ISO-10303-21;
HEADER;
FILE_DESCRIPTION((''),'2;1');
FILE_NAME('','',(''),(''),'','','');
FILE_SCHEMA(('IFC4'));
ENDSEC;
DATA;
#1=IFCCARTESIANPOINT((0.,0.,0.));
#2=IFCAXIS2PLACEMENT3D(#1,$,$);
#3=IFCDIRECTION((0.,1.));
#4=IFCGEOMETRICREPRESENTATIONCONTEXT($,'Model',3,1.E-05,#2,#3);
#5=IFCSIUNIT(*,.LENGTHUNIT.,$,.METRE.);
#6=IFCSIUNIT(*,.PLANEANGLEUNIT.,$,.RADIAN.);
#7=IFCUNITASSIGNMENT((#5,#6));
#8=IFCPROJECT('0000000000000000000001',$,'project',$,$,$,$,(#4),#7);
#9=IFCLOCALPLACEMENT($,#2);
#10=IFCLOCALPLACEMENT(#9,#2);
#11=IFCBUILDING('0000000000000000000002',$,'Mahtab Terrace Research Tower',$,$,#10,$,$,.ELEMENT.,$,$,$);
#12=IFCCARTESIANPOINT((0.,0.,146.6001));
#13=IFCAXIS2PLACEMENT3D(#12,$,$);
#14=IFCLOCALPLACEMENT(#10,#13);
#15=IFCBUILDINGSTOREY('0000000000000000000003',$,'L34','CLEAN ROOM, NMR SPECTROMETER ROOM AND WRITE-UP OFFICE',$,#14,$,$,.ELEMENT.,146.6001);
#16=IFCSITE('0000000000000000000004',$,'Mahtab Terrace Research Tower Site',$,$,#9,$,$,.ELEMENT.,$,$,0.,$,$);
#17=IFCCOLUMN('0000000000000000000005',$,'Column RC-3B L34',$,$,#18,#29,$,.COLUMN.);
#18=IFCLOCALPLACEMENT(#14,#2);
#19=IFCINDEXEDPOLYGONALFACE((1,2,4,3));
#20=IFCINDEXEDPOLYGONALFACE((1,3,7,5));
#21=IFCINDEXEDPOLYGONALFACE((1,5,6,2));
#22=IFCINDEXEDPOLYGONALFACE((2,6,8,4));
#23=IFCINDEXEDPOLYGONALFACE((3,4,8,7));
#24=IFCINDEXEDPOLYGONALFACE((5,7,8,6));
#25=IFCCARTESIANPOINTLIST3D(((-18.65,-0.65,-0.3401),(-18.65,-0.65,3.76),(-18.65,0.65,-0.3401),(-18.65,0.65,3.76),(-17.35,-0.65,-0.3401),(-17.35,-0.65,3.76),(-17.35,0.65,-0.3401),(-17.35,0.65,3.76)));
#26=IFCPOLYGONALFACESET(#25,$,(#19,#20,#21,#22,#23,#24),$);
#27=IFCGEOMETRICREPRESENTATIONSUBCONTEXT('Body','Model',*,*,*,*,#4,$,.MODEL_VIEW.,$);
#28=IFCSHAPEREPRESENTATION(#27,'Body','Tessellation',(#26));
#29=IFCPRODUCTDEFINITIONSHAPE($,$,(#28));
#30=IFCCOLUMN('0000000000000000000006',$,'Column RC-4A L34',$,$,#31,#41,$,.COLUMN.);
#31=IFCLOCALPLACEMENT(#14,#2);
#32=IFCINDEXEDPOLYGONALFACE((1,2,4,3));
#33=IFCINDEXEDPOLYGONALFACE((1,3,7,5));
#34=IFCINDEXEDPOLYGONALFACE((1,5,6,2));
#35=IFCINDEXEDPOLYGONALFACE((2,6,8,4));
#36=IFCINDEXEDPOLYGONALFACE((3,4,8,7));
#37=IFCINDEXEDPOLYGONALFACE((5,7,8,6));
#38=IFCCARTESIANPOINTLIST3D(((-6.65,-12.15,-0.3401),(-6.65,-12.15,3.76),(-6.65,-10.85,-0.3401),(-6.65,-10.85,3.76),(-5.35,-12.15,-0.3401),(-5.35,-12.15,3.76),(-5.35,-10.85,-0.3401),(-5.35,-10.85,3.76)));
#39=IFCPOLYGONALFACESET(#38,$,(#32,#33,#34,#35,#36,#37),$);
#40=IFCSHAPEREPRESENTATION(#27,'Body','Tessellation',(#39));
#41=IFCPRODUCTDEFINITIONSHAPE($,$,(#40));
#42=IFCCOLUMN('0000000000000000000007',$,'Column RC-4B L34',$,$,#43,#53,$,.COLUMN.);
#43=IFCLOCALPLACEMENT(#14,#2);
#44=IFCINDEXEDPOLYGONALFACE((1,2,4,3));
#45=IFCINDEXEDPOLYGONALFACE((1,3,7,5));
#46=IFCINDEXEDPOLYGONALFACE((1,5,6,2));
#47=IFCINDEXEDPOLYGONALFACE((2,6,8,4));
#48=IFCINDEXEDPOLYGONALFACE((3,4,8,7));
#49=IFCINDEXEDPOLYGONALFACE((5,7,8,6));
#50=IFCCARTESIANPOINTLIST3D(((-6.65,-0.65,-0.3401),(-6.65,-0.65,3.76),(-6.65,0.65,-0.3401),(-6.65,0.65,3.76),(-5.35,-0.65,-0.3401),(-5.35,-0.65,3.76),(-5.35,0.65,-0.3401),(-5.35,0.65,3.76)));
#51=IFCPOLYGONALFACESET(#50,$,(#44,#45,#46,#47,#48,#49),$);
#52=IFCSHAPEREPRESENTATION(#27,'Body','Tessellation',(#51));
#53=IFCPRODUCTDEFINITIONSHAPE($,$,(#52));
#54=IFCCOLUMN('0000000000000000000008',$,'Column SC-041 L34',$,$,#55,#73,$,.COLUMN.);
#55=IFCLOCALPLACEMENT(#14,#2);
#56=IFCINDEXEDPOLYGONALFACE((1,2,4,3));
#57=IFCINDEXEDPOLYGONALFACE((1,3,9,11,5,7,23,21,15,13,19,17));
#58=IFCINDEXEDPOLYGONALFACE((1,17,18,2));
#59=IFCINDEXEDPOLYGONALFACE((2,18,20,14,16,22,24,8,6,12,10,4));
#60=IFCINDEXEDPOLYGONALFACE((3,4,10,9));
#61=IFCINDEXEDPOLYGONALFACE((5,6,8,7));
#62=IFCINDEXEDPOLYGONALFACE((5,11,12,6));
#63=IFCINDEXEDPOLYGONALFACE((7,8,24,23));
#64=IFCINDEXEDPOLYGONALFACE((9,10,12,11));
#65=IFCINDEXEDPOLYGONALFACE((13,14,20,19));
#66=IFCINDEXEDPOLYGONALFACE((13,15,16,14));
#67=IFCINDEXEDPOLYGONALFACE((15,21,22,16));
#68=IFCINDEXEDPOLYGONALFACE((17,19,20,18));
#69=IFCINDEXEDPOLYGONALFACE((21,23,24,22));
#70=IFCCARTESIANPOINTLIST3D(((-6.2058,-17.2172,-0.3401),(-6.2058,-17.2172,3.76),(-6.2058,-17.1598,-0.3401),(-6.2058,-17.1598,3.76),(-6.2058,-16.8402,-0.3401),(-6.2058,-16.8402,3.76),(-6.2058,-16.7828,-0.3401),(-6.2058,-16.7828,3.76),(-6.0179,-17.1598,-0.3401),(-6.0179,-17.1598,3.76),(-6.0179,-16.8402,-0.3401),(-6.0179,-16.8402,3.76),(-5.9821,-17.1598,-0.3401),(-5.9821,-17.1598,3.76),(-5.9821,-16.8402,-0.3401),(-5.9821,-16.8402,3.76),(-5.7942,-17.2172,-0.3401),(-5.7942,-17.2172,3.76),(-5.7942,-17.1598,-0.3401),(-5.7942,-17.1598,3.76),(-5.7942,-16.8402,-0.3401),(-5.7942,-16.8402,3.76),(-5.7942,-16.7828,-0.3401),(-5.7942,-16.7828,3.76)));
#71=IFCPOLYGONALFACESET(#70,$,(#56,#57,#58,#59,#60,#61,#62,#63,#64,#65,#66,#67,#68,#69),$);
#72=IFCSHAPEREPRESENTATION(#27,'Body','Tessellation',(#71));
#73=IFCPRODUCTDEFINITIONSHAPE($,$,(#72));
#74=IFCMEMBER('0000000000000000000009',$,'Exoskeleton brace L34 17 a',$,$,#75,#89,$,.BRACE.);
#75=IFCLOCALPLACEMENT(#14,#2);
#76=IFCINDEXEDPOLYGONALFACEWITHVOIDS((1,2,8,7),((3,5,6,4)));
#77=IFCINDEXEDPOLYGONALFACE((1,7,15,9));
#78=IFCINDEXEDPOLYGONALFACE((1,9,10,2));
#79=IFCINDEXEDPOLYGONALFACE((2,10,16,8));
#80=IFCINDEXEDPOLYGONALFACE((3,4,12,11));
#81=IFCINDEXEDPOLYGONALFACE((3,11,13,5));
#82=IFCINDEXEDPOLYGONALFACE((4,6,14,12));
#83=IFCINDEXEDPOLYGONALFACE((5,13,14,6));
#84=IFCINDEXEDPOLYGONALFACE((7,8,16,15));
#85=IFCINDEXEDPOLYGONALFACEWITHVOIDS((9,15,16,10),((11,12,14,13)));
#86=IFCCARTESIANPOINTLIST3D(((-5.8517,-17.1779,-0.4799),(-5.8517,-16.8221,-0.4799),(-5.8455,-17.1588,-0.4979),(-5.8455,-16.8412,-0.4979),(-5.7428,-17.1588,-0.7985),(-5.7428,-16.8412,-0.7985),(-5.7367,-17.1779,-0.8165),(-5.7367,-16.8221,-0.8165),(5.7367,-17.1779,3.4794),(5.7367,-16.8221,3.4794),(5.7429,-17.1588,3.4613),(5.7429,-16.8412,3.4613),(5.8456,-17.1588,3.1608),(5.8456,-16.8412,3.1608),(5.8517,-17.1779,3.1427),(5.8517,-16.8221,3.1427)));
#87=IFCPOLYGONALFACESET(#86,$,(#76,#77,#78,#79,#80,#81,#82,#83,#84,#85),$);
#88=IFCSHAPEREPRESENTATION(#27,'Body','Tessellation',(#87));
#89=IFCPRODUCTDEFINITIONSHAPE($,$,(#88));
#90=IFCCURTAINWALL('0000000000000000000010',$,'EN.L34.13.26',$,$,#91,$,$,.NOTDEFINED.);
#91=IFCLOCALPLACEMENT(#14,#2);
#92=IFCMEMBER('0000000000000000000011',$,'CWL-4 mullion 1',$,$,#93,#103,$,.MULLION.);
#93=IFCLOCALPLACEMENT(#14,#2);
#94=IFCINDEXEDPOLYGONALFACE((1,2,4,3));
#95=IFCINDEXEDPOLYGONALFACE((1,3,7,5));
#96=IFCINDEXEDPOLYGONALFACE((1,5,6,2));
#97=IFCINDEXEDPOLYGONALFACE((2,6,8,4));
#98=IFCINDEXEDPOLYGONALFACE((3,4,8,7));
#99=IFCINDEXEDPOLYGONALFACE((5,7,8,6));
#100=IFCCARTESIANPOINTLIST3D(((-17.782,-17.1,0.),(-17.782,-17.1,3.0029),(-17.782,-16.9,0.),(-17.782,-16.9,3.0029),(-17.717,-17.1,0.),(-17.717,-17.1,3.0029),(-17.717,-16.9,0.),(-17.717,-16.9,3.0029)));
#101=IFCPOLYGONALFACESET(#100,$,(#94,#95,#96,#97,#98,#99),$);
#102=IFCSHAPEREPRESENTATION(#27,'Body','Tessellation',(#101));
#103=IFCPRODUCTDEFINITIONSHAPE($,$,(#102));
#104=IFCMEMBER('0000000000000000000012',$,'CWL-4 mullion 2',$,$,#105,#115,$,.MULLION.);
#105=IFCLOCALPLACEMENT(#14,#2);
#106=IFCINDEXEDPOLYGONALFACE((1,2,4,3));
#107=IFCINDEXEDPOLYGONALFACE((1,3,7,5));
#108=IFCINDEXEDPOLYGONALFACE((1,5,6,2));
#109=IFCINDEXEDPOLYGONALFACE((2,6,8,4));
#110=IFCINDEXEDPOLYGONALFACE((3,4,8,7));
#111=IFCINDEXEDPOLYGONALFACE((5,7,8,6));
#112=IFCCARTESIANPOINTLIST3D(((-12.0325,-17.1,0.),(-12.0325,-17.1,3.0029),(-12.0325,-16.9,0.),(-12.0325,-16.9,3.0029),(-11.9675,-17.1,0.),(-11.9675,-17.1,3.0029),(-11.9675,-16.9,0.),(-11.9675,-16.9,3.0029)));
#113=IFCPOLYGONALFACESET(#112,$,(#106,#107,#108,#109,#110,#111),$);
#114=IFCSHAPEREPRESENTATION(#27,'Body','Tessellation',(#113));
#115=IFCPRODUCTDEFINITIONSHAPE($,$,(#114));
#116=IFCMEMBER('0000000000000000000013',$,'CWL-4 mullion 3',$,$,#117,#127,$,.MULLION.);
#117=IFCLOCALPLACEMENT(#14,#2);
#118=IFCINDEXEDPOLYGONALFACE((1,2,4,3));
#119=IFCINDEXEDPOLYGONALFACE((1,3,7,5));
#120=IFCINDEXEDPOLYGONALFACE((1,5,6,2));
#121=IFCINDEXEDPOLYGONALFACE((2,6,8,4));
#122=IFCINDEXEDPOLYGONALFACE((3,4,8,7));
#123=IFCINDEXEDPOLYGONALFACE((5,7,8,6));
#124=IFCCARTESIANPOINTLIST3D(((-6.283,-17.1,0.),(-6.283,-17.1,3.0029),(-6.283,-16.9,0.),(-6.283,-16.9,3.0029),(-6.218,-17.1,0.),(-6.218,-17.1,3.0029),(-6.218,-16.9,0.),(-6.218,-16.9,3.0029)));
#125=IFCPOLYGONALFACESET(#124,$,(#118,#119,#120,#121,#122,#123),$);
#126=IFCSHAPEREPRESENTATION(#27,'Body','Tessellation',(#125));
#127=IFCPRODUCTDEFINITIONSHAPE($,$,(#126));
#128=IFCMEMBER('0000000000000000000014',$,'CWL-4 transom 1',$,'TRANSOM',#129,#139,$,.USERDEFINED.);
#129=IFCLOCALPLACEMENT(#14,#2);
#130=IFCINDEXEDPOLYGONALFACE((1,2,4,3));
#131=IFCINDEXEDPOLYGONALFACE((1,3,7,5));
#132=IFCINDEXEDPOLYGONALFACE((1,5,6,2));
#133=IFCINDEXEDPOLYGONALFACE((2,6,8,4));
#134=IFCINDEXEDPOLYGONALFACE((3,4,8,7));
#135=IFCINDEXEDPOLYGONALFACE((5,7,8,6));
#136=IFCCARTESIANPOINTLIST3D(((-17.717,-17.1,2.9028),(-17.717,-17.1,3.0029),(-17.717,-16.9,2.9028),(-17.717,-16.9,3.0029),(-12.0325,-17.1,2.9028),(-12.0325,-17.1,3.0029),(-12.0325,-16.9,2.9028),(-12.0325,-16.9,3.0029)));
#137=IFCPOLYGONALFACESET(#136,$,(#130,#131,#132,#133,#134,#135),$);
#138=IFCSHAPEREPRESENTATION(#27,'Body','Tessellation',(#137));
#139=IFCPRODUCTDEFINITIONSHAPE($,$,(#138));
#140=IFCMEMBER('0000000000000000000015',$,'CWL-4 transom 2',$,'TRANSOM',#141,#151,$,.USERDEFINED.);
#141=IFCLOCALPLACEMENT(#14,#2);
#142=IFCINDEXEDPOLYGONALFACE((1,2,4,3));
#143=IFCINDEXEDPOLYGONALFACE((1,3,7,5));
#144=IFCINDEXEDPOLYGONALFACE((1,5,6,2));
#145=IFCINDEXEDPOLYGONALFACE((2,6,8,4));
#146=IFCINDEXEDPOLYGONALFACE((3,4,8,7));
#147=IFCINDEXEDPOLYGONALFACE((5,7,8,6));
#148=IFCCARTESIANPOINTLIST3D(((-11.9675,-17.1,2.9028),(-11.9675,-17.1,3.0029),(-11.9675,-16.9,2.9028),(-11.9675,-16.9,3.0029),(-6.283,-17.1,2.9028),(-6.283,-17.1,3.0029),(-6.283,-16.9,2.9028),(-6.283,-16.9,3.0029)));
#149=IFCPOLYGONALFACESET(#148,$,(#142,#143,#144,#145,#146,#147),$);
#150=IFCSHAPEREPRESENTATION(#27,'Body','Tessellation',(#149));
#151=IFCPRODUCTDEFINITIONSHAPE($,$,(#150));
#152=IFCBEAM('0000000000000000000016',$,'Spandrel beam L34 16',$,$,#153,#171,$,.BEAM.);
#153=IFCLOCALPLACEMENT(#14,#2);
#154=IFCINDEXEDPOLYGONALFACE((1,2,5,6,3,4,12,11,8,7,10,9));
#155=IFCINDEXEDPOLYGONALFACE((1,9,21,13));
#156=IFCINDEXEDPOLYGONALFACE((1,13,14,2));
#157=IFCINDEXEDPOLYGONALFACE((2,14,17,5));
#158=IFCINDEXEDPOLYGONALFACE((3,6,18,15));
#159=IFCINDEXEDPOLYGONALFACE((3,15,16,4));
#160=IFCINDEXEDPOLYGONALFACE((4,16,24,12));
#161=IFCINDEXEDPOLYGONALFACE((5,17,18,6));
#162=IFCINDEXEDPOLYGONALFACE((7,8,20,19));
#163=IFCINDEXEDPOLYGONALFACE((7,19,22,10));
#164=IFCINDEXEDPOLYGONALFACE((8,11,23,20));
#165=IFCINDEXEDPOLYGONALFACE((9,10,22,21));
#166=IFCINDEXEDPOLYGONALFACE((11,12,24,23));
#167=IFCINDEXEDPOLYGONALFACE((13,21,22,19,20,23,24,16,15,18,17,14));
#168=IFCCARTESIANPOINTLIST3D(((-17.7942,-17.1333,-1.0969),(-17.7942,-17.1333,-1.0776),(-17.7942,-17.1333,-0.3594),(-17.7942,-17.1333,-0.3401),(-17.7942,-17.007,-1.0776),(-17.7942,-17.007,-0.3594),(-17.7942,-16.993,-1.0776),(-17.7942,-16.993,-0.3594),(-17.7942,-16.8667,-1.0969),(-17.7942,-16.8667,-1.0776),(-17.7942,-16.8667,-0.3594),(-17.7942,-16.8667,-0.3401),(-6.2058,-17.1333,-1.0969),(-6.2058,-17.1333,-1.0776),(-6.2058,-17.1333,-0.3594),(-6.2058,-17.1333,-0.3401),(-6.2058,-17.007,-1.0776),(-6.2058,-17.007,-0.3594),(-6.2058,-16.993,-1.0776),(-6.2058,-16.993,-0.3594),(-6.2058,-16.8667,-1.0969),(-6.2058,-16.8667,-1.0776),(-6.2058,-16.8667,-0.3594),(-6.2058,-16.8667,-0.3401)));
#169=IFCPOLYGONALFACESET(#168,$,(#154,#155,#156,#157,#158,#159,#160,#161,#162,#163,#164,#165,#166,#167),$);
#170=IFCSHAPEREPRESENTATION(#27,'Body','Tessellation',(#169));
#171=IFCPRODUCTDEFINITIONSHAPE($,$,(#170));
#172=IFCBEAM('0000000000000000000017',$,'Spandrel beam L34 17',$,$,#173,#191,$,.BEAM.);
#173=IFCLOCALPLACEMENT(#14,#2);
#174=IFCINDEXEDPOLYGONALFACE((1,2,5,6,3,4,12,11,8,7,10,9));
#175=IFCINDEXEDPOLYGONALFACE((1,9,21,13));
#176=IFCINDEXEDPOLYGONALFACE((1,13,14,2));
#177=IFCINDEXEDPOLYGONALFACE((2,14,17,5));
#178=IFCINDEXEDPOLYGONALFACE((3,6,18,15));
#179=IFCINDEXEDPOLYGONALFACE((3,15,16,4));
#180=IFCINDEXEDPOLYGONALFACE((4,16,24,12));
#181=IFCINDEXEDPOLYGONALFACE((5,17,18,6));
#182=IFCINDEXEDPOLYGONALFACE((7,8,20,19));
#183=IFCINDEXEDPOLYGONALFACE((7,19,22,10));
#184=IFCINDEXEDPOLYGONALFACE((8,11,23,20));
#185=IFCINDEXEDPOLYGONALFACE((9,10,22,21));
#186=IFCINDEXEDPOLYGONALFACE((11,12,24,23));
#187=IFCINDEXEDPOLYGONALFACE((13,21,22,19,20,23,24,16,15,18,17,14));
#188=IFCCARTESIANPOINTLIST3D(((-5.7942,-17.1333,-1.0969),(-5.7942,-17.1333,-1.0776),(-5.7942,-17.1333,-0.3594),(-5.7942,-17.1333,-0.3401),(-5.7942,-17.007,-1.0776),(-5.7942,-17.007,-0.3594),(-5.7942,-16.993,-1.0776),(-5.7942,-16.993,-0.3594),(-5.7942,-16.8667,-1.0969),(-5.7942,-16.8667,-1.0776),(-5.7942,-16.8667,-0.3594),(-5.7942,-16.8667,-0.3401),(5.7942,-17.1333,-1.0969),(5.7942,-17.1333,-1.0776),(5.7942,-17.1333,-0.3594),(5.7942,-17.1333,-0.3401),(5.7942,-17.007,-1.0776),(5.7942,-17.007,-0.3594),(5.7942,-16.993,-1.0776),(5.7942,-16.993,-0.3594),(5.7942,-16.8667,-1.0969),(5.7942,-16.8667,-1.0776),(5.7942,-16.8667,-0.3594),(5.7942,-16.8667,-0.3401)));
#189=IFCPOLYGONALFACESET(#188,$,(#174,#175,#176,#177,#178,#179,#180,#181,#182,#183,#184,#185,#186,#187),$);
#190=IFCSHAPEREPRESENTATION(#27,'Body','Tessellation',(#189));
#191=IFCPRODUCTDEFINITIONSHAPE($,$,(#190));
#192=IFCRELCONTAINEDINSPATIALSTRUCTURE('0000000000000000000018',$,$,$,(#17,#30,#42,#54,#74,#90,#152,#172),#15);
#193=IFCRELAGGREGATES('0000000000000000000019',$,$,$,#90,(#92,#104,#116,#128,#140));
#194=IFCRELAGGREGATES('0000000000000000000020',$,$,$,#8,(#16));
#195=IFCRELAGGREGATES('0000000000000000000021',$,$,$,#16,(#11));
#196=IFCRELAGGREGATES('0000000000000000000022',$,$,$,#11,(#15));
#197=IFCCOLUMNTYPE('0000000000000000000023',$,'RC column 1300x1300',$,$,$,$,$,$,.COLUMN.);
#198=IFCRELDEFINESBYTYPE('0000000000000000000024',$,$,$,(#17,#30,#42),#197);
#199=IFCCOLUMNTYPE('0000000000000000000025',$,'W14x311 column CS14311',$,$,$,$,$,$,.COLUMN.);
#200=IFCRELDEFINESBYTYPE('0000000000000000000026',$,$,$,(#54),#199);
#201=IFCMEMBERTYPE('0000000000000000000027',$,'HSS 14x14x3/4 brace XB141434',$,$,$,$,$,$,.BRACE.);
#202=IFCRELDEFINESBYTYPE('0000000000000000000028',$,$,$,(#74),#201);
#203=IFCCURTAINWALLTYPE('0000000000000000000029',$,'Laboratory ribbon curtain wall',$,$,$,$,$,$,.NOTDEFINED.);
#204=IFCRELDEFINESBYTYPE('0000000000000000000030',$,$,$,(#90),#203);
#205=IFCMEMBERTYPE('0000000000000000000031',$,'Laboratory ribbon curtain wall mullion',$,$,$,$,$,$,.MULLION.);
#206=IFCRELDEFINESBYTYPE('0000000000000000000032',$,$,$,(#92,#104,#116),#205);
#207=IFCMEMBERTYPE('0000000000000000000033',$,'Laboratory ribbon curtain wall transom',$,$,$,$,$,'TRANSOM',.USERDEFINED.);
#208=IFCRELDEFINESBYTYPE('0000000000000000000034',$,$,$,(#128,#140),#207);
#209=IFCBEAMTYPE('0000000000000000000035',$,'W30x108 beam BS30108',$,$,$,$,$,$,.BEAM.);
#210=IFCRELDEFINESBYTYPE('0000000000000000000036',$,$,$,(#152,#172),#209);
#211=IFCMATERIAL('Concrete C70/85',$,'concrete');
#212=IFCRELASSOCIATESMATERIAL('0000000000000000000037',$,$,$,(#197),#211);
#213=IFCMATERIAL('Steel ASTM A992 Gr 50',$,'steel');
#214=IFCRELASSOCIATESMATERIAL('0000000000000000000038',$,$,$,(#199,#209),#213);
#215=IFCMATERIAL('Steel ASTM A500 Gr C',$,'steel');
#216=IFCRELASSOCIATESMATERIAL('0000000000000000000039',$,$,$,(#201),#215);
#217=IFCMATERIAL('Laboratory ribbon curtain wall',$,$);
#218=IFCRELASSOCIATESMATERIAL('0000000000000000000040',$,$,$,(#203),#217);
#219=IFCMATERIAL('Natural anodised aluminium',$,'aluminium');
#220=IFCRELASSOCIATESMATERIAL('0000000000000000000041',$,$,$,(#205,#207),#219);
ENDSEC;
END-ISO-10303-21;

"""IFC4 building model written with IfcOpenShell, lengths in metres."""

from ifc_helpers import new_model, si_unit, direction, frame, origin, origin_2d, place, context, subcontext, project, spatial, rectangle, hollow_rectangle, i_section, extrude, material, material_profile, profile_set, type_object, element, aggregate, save


model = new_model("IFC4")

# Units and contexts
model_context = context("Model", 3, precision=1e-05, world=origin(), true_north=direction((0.0, 1.0)))
body_context = subcontext(model_context, "Body", "Model", "MODEL_VIEW")
ifc_project = project(units=[si_unit("LENGTHUNIT", "METRE"), si_unit("PLANEANGLEUNIT", "RADIAN")], contexts=[model_context])

# Site, building, storey
site_placement = place(None, origin())
site = spatial("IfcSite", under=ifc_project, at=site_placement, Name="Mahtab Terrace Research Tower Site", CompositionType="ELEMENT", RefElevation=0.0)
building_placement = place(site_placement, origin())
building = spatial("IfcBuilding", under=site, at=building_placement, Name="Mahtab Terrace Research Tower", CompositionType="ELEMENT")
storey_placement = place(building_placement, frame((0.0, 0.0, 146.6001)))
storey = spatial("IfcBuildingStorey", under=building, at=storey_placement, Name="L34", Description="CLEAN ROOM, NMR SPECTROMETER ROOM AND WRITE-UP OFFICE", CompositionType="ELEMENT", Elevation=146.6001)

# Columns
ifc_material_1 = material(Name="Concrete C70/85", Category="concrete")
ifc_material_profile_1 = material_profile(ifc_material_1, rectangle(XDim=1.3, YDim=1.3, at=origin_2d()), Name="RC column 1300x1300")
ifc_profile_set_1 = profile_set([ifc_material_profile_1], Name="Concrete C70/85")
column_type_1 = type_object("IfcColumnType", Name="RC column 1300x1300", PredefinedType="COLUMN", material=ifc_profile_set_1)
for number, where, z_axis, x_axis, name in (
    (1, (-18.0, 0.0, -0.3401), (0.0, 0.0, 1.0), (1.0, 0.0, 0.0), "Column RC-3B L34"),
    (2, (-6.0, -11.5, -0.3401), (0.0, 0.0, 1.0), (1.0, 0.0, 0.0), "Column RC-4A L34"),
    (3, (-6.0, 0.0, -0.3401), (0.0, 0.0, 1.0), (1.0, 0.0, 0.0), "Column RC-4B L34"),
):
    element("IfcColumn", number, at=place(storey_placement, frame(where, z_axis=z_axis, x_axis=x_axis)), inside=storey, type_object=column_type_1, Name=name, PredefinedType="COLUMN", context=body_context, shape_type="SweptSolid", body=[
        extrude(rectangle(XDim=1.3, YDim=1.3, at=origin_2d()), origin(), (0.0, 0.0, 1.0), 4.1001),
    ])
ifc_material_2 = material(Name="Steel ASTM A992 Gr 50", Category="steel")
ifc_material_profile_2 = material_profile(ifc_material_2, i_section(OverallWidth=0.4116, OverallDepth=0.4343, WebThickness=0.0359, FlangeThickness=0.0574, at=origin_2d()), Name="W14X311")
ifc_profile_set_2 = profile_set([ifc_material_profile_2], Name="Steel ASTM A992 Gr 50")
column_type_2 = type_object("IfcColumnType", Name="W14x311 column CS14311", PredefinedType="COLUMN", material=ifc_profile_set_2)
column_placement = place(storey_placement, frame((-6.0, -17.0, -0.3401), z_axis=(0.0, 0.0, 1.0), x_axis=(1.0, 0.0, 0.0)))
element("IfcColumn", 4, at=column_placement, inside=storey, type_object=column_type_2, Name="Column SC-041 L34", PredefinedType="COLUMN", context=body_context, shape_type="SweptSolid", body=[
    extrude(i_section(OverallWidth=0.4116, OverallDepth=0.4343, WebThickness=0.0359, FlangeThickness=0.0574, at=origin_2d()), origin(), (0.0, 0.0, 1.0), 4.1001),
])

# Member
ifc_material_3 = material(Name="Steel ASTM A500 Gr C", Category="steel")
ifc_material_profile_3 = material_profile(ifc_material_3, hollow_rectangle(XDim=0.3557, YDim=0.3557, WallThickness=0.019, at=origin_2d()), Name="HSS14X14X3/4")
ifc_profile_set_3 = profile_set([ifc_material_profile_3], Name="Steel ASTM A500 Gr C")
member_type_1 = type_object("IfcMemberType", Name="HSS 14x14x3/4 brace XB141434", PredefinedType="BRACE", material=ifc_profile_set_3)
member_1_placement = place(storey_placement, frame((-5.7942, -17.0, -0.6482), z_axis=(0.946294, 0.0, 0.323306), x_axis=(0.0, 1.0, 0.0)))
element("IfcMember", 5, at=member_1_placement, inside=storey, type_object=member_type_1, Name="Exoskeleton brace L34 17 a", PredefinedType="BRACE", context=body_context, shape_type="SweptSolid", body=[
    extrude(hollow_rectangle(XDim=0.3557, YDim=0.3557, WallThickness=0.019, at=origin_2d()), origin(), (0.0, 0.0, 1.0), 12.2461),
])

# Curtain wall, members
ifc_material_4 = material(Name="Laboratory ribbon curtain wall")
curtain_wall_type = type_object("IfcCurtainWallType", Name="Laboratory ribbon curtain wall", PredefinedType="NOTDEFINED", material=ifc_material_4)
curtain_wall_placement = place(storey_placement, origin())
curtain_wall = element("IfcCurtainWall", 6, at=curtain_wall_placement, inside=storey, type_object=curtain_wall_type, Name="EN.L34.13.26", PredefinedType="NOTDEFINED")
ifc_material_5 = material(Name="Natural anodised aluminium", Category="aluminium")
ifc_material_profile_4 = material_profile(ifc_material_5, rectangle(XDim=0.2, YDim=0.0649, at=origin_2d()), Name="MULLION 65x200")
ifc_profile_set_4 = profile_set([ifc_material_profile_4], Name="Natural anodised aluminium")
member_type_2 = type_object("IfcMemberType", Name="Laboratory ribbon curtain wall mullion", PredefinedType="MULLION", material=ifc_profile_set_4)
member_2_placement = place(storey_placement, frame((-17.7495, -17.0, 0.0), z_axis=(0.0, 0.0, 1.0), x_axis=(0.0, 1.0, 0.0)))
member_2 = element("IfcMember", 7, at=member_2_placement, type_object=member_type_2, Name="CWL-4 mullion 1", PredefinedType="MULLION", context=body_context, shape_type="SweptSolid", body=[
    extrude(rectangle(XDim=0.2, YDim=0.0649, at=origin_2d()), origin(), (0.0, 0.0, 1.0), 3.0029),
])
member_3_placement = place(storey_placement, frame((-12.0, -17.0, 0.0), z_axis=(0.0, 0.0, 1.0), x_axis=(0.0, 1.0, 0.0)))
member_3 = element("IfcMember", 8, at=member_3_placement, type_object=member_type_2, Name="CWL-4 mullion 2", PredefinedType="MULLION", context=body_context, shape_type="SweptSolid", body=[
    extrude(rectangle(XDim=0.2, YDim=0.0649, at=origin_2d()), origin(), (0.0, 0.0, 1.0), 3.0029),
])
member_4_placement = place(storey_placement, frame((-6.2505, -17.0, 0.0), z_axis=(0.0, 0.0, 1.0), x_axis=(0.0, 1.0, 0.0)))
member_4 = element("IfcMember", 9, at=member_4_placement, type_object=member_type_2, Name="CWL-4 mullion 3", PredefinedType="MULLION", context=body_context, shape_type="SweptSolid", body=[
    extrude(rectangle(XDim=0.2, YDim=0.0649, at=origin_2d()), origin(), (0.0, 0.0, 1.0), 3.0029),
])
ifc_material_profile_5 = material_profile(ifc_material_5, rectangle(XDim=0.2, YDim=0.1001, at=origin_2d()), Name="TRANSOM 100x200")
ifc_profile_set_5 = profile_set([ifc_material_profile_5], Name="Natural anodised aluminium")
member_type_3 = type_object("IfcMemberType", Name="Laboratory ribbon curtain wall transom", ElementType="TRANSOM", PredefinedType="USERDEFINED", material=ifc_profile_set_5)
member_5_placement = place(storey_placement, frame((-17.717, -17.0, 2.9529), z_axis=(1.0, 0.0, 0.0), x_axis=(0.0, 1.0, 0.0)))
member_5 = element("IfcMember", 10, at=member_5_placement, type_object=member_type_3, Name="CWL-4 transom 1", ObjectType="TRANSOM", PredefinedType="USERDEFINED", context=body_context, shape_type="SweptSolid", body=[
    extrude(rectangle(XDim=0.2, YDim=0.1001, at=origin_2d()), origin(), (0.0, 0.0, 1.0), 5.6846),
])
member_6_placement = place(storey_placement, frame((-11.9675, -17.0, 2.9529), z_axis=(1.0, 0.0, 0.0), x_axis=(0.0, 1.0, 0.0)))
member_6 = element("IfcMember", 11, at=member_6_placement, type_object=member_type_3, Name="CWL-4 transom 2", ObjectType="TRANSOM", PredefinedType="USERDEFINED", context=body_context, shape_type="SweptSolid", body=[
    extrude(rectangle(XDim=0.2, YDim=0.1001, at=origin_2d()), origin(), (0.0, 0.0, 1.0), 5.6846),
])

# Beams
ifc_material_profile_6 = material_profile(ifc_material_2, i_section(OverallWidth=0.2666, OverallDepth=0.7568, WebThickness=0.0139, FlangeThickness=0.0193, at=origin_2d()), Name="W30X108")
ifc_profile_set_6 = profile_set([ifc_material_profile_6], Name="Steel ASTM A992 Gr 50")
beam_type = type_object("IfcBeamType", Name="W30x108 beam BS30108", PredefinedType="BEAM", material=ifc_profile_set_6)
for number, where, z_axis, x_axis, name in (
    (12, (-17.7942, -17.0, -0.7185), (1.0, 0.0, 0.0), (0.0, 1.0, 0.0), "Spandrel beam L34 16"),
    (13, (-5.7942, -17.0, -0.7185), (1.0, 0.0, 0.0), (0.0, 1.0, 0.0), "Spandrel beam L34 17"),
):
    element("IfcBeam", number, at=place(storey_placement, frame(where, z_axis=z_axis, x_axis=x_axis)), inside=storey, type_object=beam_type, Name=name, PredefinedType="BEAM", context=body_context, shape_type="SweptSolid", body=[
        extrude(i_section(OverallWidth=0.2666, OverallDepth=0.7568, WebThickness=0.0139, FlangeThickness=0.0193, at=origin_2d()), origin(), (0.0, 0.0, 1.0), 11.5884),
    ])

aggregate(curtain_wall, [member_2, member_3, member_4, member_5, member_6])

save(model, "model.ifc")
